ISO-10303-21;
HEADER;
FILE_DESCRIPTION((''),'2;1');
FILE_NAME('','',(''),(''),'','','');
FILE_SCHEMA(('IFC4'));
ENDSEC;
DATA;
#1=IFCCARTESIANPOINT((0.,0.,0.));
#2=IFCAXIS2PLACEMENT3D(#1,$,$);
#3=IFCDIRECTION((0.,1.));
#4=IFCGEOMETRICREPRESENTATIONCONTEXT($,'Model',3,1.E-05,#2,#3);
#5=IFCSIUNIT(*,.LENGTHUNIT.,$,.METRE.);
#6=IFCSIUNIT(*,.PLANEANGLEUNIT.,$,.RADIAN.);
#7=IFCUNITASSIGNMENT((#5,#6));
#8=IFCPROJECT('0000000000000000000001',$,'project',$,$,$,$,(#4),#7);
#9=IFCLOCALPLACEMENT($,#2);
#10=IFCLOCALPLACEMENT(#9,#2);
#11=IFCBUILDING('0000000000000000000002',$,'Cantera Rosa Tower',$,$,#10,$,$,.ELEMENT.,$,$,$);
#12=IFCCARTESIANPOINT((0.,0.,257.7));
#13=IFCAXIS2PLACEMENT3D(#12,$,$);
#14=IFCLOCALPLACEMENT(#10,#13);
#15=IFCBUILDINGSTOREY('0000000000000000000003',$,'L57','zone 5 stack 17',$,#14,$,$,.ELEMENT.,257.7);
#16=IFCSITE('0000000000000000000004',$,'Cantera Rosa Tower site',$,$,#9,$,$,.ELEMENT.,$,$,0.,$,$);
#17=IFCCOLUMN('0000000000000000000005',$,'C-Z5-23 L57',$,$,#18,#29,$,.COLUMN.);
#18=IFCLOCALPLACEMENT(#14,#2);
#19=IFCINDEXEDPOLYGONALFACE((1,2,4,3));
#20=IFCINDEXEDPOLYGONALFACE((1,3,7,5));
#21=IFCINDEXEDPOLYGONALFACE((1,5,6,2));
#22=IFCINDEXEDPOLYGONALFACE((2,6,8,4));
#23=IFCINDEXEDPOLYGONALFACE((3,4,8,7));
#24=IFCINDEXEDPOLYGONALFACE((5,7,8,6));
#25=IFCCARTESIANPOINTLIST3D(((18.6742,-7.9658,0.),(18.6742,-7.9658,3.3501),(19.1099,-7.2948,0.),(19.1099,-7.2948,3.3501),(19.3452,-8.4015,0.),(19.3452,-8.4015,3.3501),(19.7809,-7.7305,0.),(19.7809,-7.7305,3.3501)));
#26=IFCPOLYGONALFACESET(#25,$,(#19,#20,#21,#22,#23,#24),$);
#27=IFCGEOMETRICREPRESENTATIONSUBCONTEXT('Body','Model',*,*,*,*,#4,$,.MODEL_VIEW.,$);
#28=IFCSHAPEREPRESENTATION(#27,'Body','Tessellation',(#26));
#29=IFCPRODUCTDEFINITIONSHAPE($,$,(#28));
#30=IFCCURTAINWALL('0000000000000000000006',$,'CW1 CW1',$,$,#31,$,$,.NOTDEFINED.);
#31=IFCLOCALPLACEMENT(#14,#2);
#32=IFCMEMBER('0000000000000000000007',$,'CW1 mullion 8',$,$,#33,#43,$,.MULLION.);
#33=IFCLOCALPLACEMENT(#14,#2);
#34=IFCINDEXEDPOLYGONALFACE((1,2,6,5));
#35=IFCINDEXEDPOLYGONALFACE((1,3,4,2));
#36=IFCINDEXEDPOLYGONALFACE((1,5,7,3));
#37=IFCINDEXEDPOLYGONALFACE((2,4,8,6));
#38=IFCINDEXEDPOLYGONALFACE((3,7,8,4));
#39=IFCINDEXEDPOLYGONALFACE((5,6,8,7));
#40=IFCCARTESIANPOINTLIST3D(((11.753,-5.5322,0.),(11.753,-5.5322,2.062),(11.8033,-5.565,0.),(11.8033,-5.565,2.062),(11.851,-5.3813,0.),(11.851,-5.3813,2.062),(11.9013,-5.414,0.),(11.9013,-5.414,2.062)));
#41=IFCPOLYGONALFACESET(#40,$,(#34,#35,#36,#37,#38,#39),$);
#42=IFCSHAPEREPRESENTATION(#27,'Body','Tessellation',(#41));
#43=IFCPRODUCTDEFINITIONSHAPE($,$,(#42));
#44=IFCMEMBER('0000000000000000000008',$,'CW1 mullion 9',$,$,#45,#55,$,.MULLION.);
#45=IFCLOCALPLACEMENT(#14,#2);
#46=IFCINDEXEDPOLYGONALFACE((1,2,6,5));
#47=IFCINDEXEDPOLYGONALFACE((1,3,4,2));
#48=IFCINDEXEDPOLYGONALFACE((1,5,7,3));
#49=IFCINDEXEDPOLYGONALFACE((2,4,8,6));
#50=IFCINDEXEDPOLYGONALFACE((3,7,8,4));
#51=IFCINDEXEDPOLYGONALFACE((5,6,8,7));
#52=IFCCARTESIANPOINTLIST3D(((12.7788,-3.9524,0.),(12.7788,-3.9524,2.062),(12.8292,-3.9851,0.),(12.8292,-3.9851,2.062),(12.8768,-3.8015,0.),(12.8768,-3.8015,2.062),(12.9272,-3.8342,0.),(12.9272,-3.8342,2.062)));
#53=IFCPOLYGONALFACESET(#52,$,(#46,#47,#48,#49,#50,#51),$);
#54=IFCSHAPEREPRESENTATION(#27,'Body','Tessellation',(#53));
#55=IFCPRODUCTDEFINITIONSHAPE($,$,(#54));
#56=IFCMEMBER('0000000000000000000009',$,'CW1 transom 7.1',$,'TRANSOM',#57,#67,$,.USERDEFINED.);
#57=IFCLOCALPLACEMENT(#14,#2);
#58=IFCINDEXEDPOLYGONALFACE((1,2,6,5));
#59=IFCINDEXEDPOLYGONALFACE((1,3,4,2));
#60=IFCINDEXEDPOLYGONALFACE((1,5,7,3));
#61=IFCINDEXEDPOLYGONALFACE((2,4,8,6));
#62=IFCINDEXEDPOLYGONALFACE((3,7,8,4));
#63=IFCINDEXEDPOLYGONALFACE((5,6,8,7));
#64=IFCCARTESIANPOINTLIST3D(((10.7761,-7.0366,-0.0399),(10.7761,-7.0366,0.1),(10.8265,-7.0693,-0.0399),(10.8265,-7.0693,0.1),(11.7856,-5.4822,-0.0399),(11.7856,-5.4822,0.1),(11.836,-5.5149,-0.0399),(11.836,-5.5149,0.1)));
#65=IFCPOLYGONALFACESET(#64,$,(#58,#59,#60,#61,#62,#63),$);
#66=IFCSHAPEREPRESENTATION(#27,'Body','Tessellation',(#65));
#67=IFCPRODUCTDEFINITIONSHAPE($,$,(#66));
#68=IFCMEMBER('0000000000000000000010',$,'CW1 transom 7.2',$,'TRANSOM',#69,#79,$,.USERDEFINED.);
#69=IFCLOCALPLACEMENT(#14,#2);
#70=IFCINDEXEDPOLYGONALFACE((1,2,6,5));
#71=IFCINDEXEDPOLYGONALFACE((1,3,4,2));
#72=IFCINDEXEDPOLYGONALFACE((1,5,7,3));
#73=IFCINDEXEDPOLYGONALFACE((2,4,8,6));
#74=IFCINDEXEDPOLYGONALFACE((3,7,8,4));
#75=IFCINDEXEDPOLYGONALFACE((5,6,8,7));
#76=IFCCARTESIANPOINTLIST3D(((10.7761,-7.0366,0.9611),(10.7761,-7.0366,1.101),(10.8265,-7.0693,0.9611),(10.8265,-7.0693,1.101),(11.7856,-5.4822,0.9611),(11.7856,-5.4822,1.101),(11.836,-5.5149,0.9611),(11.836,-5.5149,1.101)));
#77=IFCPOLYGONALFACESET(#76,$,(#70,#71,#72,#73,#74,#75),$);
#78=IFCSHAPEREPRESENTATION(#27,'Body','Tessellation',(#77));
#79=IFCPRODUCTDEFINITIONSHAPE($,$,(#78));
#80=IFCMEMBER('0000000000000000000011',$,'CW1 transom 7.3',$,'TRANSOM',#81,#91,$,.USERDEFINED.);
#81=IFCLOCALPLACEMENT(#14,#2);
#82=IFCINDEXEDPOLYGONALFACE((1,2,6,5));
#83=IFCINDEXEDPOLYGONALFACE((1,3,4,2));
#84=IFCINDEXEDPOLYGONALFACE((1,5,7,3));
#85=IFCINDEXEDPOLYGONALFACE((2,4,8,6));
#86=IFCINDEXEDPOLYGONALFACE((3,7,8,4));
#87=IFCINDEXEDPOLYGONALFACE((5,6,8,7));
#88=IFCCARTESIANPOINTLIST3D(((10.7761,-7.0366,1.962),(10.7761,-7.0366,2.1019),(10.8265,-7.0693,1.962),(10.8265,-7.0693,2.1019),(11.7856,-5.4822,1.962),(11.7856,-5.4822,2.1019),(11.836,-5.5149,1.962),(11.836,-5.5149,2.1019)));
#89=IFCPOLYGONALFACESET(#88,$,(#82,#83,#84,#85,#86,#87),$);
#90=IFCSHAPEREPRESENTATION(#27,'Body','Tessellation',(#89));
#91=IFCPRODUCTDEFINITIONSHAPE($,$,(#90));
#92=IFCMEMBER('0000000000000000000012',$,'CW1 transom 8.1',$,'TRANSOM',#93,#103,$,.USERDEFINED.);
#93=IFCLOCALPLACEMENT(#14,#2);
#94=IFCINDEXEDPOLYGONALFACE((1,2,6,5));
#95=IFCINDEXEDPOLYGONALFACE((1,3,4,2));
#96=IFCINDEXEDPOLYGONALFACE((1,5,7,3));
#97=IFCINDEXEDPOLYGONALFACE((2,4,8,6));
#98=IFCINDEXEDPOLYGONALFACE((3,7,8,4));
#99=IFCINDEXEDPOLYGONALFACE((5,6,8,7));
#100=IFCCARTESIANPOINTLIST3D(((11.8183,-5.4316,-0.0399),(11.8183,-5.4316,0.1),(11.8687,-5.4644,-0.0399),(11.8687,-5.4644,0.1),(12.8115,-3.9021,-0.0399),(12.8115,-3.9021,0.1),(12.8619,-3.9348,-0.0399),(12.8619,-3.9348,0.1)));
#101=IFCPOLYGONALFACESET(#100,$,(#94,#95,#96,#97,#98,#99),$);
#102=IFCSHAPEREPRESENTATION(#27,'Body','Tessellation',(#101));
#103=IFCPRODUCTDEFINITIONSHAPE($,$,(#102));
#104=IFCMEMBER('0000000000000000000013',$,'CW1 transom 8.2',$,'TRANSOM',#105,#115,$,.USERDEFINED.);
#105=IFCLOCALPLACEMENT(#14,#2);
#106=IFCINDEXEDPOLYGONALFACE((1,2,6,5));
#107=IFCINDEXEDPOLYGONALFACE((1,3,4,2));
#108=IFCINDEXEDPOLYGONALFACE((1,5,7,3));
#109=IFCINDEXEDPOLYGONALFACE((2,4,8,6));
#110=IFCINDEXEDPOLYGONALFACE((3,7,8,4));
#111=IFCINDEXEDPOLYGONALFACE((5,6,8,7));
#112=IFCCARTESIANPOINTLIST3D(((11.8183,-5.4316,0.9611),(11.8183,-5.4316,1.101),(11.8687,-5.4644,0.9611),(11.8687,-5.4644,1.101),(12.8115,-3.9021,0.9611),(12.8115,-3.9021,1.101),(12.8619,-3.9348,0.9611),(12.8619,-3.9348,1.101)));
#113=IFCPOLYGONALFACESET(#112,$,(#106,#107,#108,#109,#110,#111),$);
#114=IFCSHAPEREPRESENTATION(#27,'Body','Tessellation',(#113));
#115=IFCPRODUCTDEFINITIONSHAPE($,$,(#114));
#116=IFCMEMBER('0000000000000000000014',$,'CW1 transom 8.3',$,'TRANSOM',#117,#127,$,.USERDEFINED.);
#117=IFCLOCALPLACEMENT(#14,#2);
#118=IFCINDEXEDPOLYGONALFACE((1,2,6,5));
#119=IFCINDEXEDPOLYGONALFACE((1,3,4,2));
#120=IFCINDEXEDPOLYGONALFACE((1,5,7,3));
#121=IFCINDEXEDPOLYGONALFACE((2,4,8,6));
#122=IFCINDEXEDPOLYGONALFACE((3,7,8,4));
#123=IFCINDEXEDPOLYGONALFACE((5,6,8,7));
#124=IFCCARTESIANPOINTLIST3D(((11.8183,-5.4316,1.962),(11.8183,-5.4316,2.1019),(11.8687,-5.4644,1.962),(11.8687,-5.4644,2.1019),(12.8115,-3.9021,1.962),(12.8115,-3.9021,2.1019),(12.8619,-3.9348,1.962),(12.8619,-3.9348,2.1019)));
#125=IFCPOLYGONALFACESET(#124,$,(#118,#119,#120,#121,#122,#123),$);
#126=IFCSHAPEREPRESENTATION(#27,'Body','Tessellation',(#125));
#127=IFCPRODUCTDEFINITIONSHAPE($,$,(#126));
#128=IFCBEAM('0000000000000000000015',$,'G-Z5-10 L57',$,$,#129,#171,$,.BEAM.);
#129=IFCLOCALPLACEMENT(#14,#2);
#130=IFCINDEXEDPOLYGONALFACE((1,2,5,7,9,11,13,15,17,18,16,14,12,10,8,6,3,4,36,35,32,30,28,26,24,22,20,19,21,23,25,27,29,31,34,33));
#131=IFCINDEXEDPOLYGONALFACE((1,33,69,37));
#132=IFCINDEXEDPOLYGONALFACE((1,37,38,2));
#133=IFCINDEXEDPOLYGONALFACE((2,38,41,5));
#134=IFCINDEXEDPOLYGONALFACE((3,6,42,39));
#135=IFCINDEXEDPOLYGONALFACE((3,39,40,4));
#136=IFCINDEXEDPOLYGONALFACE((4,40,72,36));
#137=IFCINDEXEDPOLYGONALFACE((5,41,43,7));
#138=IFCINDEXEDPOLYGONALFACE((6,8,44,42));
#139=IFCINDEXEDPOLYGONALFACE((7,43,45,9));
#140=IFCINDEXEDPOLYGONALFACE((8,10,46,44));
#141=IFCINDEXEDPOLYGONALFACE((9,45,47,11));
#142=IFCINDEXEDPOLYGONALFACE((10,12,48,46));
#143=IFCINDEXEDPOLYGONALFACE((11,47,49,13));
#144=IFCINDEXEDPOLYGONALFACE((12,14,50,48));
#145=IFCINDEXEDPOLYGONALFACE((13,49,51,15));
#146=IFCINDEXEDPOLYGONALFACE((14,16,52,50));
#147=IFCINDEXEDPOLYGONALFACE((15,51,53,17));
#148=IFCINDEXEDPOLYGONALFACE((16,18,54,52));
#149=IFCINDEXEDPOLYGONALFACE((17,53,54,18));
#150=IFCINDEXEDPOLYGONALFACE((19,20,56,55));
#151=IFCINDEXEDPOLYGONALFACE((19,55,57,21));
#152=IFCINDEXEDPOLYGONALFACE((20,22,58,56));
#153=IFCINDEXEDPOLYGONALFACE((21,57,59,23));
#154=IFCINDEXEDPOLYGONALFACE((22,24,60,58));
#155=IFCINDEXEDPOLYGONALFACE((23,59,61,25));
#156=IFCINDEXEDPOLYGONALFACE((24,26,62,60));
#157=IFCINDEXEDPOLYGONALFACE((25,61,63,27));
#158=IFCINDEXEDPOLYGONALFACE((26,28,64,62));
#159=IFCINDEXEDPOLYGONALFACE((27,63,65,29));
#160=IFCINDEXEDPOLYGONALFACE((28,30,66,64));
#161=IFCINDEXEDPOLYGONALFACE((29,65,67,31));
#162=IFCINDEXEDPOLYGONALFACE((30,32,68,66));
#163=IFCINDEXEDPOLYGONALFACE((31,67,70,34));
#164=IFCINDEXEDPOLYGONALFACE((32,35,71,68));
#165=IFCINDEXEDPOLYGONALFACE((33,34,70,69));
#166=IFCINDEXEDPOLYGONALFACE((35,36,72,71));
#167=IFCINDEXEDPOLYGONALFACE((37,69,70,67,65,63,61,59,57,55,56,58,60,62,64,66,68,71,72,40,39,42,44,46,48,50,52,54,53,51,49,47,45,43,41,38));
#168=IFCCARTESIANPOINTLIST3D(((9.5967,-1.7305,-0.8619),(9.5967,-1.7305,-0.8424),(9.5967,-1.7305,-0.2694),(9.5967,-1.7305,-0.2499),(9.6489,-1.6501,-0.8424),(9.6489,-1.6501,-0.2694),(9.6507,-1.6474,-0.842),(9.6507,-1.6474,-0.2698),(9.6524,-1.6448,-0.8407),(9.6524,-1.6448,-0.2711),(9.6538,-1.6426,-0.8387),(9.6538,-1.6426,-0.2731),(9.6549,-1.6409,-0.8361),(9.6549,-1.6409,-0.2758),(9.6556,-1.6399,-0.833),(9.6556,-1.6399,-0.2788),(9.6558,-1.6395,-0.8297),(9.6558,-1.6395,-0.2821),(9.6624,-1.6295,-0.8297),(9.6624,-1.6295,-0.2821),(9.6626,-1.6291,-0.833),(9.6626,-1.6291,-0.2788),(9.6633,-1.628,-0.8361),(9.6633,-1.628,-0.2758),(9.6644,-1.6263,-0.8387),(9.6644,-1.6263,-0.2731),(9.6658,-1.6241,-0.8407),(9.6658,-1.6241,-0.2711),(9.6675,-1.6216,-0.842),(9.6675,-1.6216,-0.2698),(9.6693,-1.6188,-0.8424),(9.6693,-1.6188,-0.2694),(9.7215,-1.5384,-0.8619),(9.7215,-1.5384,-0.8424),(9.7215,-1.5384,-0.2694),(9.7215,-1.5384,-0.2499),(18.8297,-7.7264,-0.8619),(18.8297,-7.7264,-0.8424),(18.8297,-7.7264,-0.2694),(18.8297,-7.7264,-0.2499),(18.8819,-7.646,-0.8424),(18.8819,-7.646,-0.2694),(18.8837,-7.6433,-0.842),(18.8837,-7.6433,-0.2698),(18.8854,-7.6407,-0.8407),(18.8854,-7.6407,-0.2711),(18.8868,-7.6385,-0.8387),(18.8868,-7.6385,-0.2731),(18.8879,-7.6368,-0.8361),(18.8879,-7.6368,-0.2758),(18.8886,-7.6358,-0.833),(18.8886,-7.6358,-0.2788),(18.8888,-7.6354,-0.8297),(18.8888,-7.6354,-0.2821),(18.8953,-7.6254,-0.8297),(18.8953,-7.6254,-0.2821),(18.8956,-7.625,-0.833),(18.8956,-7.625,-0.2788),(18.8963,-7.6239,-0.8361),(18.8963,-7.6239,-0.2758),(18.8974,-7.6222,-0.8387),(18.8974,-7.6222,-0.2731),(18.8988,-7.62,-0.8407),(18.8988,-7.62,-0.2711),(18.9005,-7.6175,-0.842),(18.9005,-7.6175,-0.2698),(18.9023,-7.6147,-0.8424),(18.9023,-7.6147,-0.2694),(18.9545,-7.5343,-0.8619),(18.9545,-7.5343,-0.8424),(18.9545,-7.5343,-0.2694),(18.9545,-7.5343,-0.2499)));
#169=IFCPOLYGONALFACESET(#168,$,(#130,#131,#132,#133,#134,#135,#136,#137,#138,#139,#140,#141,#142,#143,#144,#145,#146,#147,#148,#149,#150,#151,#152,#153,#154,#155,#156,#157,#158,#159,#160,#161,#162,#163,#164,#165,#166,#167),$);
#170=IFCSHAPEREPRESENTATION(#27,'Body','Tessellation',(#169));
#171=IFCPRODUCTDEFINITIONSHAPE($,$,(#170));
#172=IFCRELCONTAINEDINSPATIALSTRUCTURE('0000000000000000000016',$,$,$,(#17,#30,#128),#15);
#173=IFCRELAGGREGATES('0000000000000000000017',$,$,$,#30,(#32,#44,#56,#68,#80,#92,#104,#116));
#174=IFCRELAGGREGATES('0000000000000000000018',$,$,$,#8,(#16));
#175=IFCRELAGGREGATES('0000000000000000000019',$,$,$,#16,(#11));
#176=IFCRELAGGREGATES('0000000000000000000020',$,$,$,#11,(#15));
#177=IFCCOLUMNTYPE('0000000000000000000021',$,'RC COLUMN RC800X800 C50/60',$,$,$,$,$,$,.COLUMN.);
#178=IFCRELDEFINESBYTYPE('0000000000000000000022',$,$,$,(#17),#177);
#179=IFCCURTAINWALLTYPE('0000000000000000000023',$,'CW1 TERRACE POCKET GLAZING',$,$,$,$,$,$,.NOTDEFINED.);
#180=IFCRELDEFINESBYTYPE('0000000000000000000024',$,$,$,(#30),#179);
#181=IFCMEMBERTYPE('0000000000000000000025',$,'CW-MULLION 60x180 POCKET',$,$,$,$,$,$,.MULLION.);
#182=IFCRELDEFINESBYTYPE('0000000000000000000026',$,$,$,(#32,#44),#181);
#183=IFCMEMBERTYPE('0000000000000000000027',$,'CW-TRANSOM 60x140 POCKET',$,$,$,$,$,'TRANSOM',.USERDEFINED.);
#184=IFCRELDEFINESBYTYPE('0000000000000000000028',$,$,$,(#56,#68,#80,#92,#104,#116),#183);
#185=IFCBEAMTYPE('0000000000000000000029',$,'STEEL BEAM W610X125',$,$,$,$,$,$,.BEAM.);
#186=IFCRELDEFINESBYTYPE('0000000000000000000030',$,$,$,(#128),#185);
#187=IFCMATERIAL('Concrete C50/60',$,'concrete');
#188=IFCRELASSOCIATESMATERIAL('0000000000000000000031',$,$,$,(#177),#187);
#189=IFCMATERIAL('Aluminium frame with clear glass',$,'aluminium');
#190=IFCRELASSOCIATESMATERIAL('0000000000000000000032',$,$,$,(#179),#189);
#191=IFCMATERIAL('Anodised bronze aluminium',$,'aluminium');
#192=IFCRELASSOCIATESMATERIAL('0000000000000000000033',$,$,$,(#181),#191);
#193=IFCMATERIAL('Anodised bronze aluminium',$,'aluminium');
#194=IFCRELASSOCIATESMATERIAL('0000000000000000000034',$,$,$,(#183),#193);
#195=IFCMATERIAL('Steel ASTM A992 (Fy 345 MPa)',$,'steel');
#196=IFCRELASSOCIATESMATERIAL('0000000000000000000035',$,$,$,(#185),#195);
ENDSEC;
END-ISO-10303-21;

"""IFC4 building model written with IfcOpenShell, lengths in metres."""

from ifc_helpers import new_model, si_unit, direction, frame, origin, origin_2d, place, context, subcontext, project, spatial, rectangle, i_section, extrude, material, material_profile, profile_set, type_object, element, aggregate, save


model = new_model("IFC4")

# Units and contexts
model_context = context("Model", 3, precision=1e-05, world=origin(), true_north=direction((0.0, 1.0)))
body_context = subcontext(model_context, "Body", "Model", "MODEL_VIEW")
ifc_project = project(units=[si_unit("LENGTHUNIT", "METRE"), si_unit("PLANEANGLEUNIT", "RADIAN")], contexts=[model_context])

# Site, building, storey
site_placement = place(None, origin())
site = spatial("IfcSite", under=ifc_project, at=site_placement, Name="Cantera Rosa Tower site", CompositionType="ELEMENT", RefElevation=0.0)
building_placement = place(site_placement, origin())
building = spatial("IfcBuilding", under=site, at=building_placement, Name="Cantera Rosa Tower", CompositionType="ELEMENT")
storey_placement = place(building_placement, frame((0.0, 0.0, 257.7)))
storey = spatial("IfcBuildingStorey", under=building, at=storey_placement, Name="L57", Description="zone 5 stack 17", CompositionType="ELEMENT", Elevation=257.7)

# Column
ifc_material_1 = material(Name="Concrete C50/60", Category="concrete")
ifc_material_profile_1 = material_profile(ifc_material_1, rectangle(XDim=0.8, YDim=0.8, at=origin_2d()), Name="RC COLUMN RC800X800 C50/60")
ifc_profile_set_1 = profile_set([ifc_material_profile_1], Name="Concrete C50/60")
column_type = type_object("IfcColumnType", Name="RC COLUMN RC800X800 C50/60", PredefinedType="COLUMN", material=ifc_profile_set_1)
column_placement = place(storey_placement, frame((19.2275, -7.8481, 0.0), z_axis=(0.0, 0.0, 1.0), x_axis=(0.544639, 0.838671, 0.0)))
element("IfcColumn", 1, at=column_placement, inside=storey, type_object=column_type, Name="C-Z5-23 L57", PredefinedType="COLUMN", context=body_context, shape_type="SweptSolid", body=[
    extrude(rectangle(XDim=0.8, YDim=0.8, at=origin_2d()), origin(), (0.0, 0.0, 1.0), 3.3501),
])

# Curtain wall, members
ifc_material_2 = material(Name="Aluminium frame with clear glass", Category="aluminium")
curtain_wall_type = type_object("IfcCurtainWallType", Name="CW1 TERRACE POCKET GLAZING", PredefinedType="NOTDEFINED", material=ifc_material_2)
curtain_wall_placement = place(storey_placement, origin())
curtain_wall = element("IfcCurtainWall", 2, at=curtain_wall_placement, inside=storey, type_object=curtain_wall_type, Name="CW1 CW1", PredefinedType="NOTDEFINED")
ifc_material_3 = material(Name="Anodised bronze aluminium", Category="aluminium")
ifc_material_profile_2 = material_profile(ifc_material_3, rectangle(XDim=0.0601, YDim=0.1799, at=origin_2d()), Name="CW-MULLION 60x180 POCKET")
ifc_profile_set_2 = profile_set([ifc_material_profile_2], Name="Anodised bronze aluminium")
member_type_1 = type_object("IfcMemberType", Name="CW-MULLION 60x180 POCKET", PredefinedType="MULLION", material=ifc_profile_set_2)
member_1_placement = place(storey_placement, frame((11.8271, -5.4731, 0.0), z_axis=(0.0, 0.0, 1.0), x_axis=(-0.838671, 0.544639, 0.0)))
member_1 = element("IfcMember", 3, at=member_1_placement, type_object=member_type_1, Name="CW1 mullion 8", PredefinedType="MULLION", context=body_context, shape_type="SweptSolid", body=[
    extrude(rectangle(XDim=0.0601, YDim=0.1799, at=origin_2d()), origin(), (0.0, 0.0, 1.0), 2.062),
])
member_2_placement = place(storey_placement, frame((12.853, -3.8933, 0.0), z_axis=(0.0, 0.0, 1.0), x_axis=(-0.838671, 0.544639, 0.0)))
member_2 = element("IfcMember", 4, at=member_2_placement, type_object=member_type_1, Name="CW1 mullion 9", PredefinedType="MULLION", context=body_context, shape_type="SweptSolid", body=[
    extrude(rectangle(XDim=0.0601, YDim=0.1799, at=origin_2d()), origin(), (0.0, 0.0, 1.0), 2.062),
])
ifc_material_4 = material(Name="Anodised bronze aluminium", Category="aluminium")
ifc_material_profile_3 = material_profile(ifc_material_4, rectangle(XDim=0.0601, YDim=0.1399, at=origin_2d()), Name="CW-TRANSOM 60x140 POCKET")
ifc_profile_set_3 = profile_set([ifc_material_profile_3], Name="Anodised bronze aluminium")
member_type_2 = type_object("IfcMemberType", Name="CW-TRANSOM 60x140 POCKET", ElementType="TRANSOM", PredefinedType="USERDEFINED", material=ifc_profile_set_3)
member_3_placement = place(storey_placement, frame((10.8013, -7.053, 0.03), z_axis=(0.54466, 0.838657, 0.0), x_axis=(-0.838657, 0.54466, 0.0)))
member_3 = element("IfcMember", 5, at=member_3_placement, type_object=member_type_2, Name="CW1 transom 7.1", ObjectType="TRANSOM", PredefinedType="USERDEFINED", context=body_context, shape_type="SweptSolid", body=[
    extrude(rectangle(XDim=0.0601, YDim=0.1399, at=origin_2d()), origin(), (0.0, 0.0, 1.0), 1.8535),
])
member_4_placement = place(storey_placement, frame((10.8013, -7.053, 1.031), z_axis=(0.54466, 0.838657, 0.0), x_axis=(-0.838657, 0.54466, 0.0)))
member_4 = element("IfcMember", 6, at=member_4_placement, type_object=member_type_2, Name="CW1 transom 7.2", ObjectType="TRANSOM", PredefinedType="USERDEFINED", context=body_context, shape_type="SweptSolid", body=[
    extrude(rectangle(XDim=0.0601, YDim=0.1399, at=origin_2d()), origin(), (0.0, 0.0, 1.0), 1.8535),
])
member_5_placement = place(storey_placement, frame((10.8013, -7.053, 2.032), z_axis=(0.54466, 0.838657, 0.0), x_axis=(-0.838657, 0.54466, 0.0)))
member_5 = element("IfcMember", 7, at=member_5_placement, type_object=member_type_2, Name="CW1 transom 7.3", ObjectType="TRANSOM", PredefinedType="USERDEFINED", context=body_context, shape_type="SweptSolid", body=[
    extrude(rectangle(XDim=0.0601, YDim=0.1399, at=origin_2d()), origin(), (0.0, 0.0, 1.0), 1.8535),
])
member_6_placement = place(storey_placement, frame((11.8435, -5.448, 0.03), z_axis=(0.544588, 0.838703, 0.0), x_axis=(-0.838703, 0.544588, 0.0)))
member_6 = element("IfcMember", 8, at=member_6_placement, type_object=member_type_2, Name="CW1 transom 8.1", ObjectType="TRANSOM", PredefinedType="USERDEFINED", context=body_context, shape_type="SweptSolid", body=[
    extrude(rectangle(XDim=0.0601, YDim=0.1399, at=origin_2d()), origin(), (0.0, 0.0, 1.0), 1.8237),
])
member_7_placement = place(storey_placement, frame((11.8435, -5.448, 1.031), z_axis=(0.544588, 0.838703, 0.0), x_axis=(-0.838703, 0.544588, 0.0)))
member_7 = element("IfcMember", 9, at=member_7_placement, type_object=member_type_2, Name="CW1 transom 8.2", ObjectType="TRANSOM", PredefinedType="USERDEFINED", context=body_context, shape_type="SweptSolid", body=[
    extrude(rectangle(XDim=0.0601, YDim=0.1399, at=origin_2d()), origin(), (0.0, 0.0, 1.0), 1.8237),
])
member_8_placement = place(storey_placement, frame((11.8435, -5.448, 2.032), z_axis=(0.544588, 0.838703, 0.0), x_axis=(-0.838703, 0.544588, 0.0)))
member_8 = element("IfcMember", 10, at=member_8_placement, type_object=member_type_2, Name="CW1 transom 8.3", ObjectType="TRANSOM", PredefinedType="USERDEFINED", context=body_context, shape_type="SweptSolid", body=[
    extrude(rectangle(XDim=0.0601, YDim=0.1399, at=origin_2d()), origin(), (0.0, 0.0, 1.0), 1.8237),
])

# Beam
ifc_material_5 = material(Name="Steel ASTM A992 (Fy 345 MPa)", Category="steel")
ifc_material_profile_4 = material_profile(ifc_material_5, i_section(OverallWidth=0.229, OverallDepth=0.6121, WebThickness=0.012, FlangeThickness=0.0195, FilletRadius=0.0127, at=origin_2d()), Name="W610X125")
ifc_profile_set_4 = profile_set([ifc_material_profile_4], Name="Steel ASTM A992 (Fy 345 MPa)")
beam_type_1 = type_object("IfcBeamType", Name="STEEL BEAM W610X125", PredefinedType="BEAM", material=ifc_profile_set_4)
beam_1_placement = place(storey_placement, frame((18.8921, -7.6304, -0.5559), z_axis=(-0.838674, 0.544634, 0.0), x_axis=(-0.544634, -0.838674, 0.0)))
element("IfcBeam", 11, at=beam_1_placement, inside=storey, type_object=beam_type_1, Name="G-Z5-10 L57", PredefinedType="BEAM", context=body_context, shape_type="SweptSolid", body=[
    extrude(i_section(OverallWidth=0.229, OverallDepth=0.6121, WebThickness=0.012, FlangeThickness=0.0195, FilletRadius=0.0127, at=origin_2d()), origin(), (0.0, 0.0, 1.0), 11.009),
])

aggregate(curtain_wall, [member_1, member_2, member_3, member_4, member_5, member_6, member_7, member_8])

save(model, "model.ifc")
